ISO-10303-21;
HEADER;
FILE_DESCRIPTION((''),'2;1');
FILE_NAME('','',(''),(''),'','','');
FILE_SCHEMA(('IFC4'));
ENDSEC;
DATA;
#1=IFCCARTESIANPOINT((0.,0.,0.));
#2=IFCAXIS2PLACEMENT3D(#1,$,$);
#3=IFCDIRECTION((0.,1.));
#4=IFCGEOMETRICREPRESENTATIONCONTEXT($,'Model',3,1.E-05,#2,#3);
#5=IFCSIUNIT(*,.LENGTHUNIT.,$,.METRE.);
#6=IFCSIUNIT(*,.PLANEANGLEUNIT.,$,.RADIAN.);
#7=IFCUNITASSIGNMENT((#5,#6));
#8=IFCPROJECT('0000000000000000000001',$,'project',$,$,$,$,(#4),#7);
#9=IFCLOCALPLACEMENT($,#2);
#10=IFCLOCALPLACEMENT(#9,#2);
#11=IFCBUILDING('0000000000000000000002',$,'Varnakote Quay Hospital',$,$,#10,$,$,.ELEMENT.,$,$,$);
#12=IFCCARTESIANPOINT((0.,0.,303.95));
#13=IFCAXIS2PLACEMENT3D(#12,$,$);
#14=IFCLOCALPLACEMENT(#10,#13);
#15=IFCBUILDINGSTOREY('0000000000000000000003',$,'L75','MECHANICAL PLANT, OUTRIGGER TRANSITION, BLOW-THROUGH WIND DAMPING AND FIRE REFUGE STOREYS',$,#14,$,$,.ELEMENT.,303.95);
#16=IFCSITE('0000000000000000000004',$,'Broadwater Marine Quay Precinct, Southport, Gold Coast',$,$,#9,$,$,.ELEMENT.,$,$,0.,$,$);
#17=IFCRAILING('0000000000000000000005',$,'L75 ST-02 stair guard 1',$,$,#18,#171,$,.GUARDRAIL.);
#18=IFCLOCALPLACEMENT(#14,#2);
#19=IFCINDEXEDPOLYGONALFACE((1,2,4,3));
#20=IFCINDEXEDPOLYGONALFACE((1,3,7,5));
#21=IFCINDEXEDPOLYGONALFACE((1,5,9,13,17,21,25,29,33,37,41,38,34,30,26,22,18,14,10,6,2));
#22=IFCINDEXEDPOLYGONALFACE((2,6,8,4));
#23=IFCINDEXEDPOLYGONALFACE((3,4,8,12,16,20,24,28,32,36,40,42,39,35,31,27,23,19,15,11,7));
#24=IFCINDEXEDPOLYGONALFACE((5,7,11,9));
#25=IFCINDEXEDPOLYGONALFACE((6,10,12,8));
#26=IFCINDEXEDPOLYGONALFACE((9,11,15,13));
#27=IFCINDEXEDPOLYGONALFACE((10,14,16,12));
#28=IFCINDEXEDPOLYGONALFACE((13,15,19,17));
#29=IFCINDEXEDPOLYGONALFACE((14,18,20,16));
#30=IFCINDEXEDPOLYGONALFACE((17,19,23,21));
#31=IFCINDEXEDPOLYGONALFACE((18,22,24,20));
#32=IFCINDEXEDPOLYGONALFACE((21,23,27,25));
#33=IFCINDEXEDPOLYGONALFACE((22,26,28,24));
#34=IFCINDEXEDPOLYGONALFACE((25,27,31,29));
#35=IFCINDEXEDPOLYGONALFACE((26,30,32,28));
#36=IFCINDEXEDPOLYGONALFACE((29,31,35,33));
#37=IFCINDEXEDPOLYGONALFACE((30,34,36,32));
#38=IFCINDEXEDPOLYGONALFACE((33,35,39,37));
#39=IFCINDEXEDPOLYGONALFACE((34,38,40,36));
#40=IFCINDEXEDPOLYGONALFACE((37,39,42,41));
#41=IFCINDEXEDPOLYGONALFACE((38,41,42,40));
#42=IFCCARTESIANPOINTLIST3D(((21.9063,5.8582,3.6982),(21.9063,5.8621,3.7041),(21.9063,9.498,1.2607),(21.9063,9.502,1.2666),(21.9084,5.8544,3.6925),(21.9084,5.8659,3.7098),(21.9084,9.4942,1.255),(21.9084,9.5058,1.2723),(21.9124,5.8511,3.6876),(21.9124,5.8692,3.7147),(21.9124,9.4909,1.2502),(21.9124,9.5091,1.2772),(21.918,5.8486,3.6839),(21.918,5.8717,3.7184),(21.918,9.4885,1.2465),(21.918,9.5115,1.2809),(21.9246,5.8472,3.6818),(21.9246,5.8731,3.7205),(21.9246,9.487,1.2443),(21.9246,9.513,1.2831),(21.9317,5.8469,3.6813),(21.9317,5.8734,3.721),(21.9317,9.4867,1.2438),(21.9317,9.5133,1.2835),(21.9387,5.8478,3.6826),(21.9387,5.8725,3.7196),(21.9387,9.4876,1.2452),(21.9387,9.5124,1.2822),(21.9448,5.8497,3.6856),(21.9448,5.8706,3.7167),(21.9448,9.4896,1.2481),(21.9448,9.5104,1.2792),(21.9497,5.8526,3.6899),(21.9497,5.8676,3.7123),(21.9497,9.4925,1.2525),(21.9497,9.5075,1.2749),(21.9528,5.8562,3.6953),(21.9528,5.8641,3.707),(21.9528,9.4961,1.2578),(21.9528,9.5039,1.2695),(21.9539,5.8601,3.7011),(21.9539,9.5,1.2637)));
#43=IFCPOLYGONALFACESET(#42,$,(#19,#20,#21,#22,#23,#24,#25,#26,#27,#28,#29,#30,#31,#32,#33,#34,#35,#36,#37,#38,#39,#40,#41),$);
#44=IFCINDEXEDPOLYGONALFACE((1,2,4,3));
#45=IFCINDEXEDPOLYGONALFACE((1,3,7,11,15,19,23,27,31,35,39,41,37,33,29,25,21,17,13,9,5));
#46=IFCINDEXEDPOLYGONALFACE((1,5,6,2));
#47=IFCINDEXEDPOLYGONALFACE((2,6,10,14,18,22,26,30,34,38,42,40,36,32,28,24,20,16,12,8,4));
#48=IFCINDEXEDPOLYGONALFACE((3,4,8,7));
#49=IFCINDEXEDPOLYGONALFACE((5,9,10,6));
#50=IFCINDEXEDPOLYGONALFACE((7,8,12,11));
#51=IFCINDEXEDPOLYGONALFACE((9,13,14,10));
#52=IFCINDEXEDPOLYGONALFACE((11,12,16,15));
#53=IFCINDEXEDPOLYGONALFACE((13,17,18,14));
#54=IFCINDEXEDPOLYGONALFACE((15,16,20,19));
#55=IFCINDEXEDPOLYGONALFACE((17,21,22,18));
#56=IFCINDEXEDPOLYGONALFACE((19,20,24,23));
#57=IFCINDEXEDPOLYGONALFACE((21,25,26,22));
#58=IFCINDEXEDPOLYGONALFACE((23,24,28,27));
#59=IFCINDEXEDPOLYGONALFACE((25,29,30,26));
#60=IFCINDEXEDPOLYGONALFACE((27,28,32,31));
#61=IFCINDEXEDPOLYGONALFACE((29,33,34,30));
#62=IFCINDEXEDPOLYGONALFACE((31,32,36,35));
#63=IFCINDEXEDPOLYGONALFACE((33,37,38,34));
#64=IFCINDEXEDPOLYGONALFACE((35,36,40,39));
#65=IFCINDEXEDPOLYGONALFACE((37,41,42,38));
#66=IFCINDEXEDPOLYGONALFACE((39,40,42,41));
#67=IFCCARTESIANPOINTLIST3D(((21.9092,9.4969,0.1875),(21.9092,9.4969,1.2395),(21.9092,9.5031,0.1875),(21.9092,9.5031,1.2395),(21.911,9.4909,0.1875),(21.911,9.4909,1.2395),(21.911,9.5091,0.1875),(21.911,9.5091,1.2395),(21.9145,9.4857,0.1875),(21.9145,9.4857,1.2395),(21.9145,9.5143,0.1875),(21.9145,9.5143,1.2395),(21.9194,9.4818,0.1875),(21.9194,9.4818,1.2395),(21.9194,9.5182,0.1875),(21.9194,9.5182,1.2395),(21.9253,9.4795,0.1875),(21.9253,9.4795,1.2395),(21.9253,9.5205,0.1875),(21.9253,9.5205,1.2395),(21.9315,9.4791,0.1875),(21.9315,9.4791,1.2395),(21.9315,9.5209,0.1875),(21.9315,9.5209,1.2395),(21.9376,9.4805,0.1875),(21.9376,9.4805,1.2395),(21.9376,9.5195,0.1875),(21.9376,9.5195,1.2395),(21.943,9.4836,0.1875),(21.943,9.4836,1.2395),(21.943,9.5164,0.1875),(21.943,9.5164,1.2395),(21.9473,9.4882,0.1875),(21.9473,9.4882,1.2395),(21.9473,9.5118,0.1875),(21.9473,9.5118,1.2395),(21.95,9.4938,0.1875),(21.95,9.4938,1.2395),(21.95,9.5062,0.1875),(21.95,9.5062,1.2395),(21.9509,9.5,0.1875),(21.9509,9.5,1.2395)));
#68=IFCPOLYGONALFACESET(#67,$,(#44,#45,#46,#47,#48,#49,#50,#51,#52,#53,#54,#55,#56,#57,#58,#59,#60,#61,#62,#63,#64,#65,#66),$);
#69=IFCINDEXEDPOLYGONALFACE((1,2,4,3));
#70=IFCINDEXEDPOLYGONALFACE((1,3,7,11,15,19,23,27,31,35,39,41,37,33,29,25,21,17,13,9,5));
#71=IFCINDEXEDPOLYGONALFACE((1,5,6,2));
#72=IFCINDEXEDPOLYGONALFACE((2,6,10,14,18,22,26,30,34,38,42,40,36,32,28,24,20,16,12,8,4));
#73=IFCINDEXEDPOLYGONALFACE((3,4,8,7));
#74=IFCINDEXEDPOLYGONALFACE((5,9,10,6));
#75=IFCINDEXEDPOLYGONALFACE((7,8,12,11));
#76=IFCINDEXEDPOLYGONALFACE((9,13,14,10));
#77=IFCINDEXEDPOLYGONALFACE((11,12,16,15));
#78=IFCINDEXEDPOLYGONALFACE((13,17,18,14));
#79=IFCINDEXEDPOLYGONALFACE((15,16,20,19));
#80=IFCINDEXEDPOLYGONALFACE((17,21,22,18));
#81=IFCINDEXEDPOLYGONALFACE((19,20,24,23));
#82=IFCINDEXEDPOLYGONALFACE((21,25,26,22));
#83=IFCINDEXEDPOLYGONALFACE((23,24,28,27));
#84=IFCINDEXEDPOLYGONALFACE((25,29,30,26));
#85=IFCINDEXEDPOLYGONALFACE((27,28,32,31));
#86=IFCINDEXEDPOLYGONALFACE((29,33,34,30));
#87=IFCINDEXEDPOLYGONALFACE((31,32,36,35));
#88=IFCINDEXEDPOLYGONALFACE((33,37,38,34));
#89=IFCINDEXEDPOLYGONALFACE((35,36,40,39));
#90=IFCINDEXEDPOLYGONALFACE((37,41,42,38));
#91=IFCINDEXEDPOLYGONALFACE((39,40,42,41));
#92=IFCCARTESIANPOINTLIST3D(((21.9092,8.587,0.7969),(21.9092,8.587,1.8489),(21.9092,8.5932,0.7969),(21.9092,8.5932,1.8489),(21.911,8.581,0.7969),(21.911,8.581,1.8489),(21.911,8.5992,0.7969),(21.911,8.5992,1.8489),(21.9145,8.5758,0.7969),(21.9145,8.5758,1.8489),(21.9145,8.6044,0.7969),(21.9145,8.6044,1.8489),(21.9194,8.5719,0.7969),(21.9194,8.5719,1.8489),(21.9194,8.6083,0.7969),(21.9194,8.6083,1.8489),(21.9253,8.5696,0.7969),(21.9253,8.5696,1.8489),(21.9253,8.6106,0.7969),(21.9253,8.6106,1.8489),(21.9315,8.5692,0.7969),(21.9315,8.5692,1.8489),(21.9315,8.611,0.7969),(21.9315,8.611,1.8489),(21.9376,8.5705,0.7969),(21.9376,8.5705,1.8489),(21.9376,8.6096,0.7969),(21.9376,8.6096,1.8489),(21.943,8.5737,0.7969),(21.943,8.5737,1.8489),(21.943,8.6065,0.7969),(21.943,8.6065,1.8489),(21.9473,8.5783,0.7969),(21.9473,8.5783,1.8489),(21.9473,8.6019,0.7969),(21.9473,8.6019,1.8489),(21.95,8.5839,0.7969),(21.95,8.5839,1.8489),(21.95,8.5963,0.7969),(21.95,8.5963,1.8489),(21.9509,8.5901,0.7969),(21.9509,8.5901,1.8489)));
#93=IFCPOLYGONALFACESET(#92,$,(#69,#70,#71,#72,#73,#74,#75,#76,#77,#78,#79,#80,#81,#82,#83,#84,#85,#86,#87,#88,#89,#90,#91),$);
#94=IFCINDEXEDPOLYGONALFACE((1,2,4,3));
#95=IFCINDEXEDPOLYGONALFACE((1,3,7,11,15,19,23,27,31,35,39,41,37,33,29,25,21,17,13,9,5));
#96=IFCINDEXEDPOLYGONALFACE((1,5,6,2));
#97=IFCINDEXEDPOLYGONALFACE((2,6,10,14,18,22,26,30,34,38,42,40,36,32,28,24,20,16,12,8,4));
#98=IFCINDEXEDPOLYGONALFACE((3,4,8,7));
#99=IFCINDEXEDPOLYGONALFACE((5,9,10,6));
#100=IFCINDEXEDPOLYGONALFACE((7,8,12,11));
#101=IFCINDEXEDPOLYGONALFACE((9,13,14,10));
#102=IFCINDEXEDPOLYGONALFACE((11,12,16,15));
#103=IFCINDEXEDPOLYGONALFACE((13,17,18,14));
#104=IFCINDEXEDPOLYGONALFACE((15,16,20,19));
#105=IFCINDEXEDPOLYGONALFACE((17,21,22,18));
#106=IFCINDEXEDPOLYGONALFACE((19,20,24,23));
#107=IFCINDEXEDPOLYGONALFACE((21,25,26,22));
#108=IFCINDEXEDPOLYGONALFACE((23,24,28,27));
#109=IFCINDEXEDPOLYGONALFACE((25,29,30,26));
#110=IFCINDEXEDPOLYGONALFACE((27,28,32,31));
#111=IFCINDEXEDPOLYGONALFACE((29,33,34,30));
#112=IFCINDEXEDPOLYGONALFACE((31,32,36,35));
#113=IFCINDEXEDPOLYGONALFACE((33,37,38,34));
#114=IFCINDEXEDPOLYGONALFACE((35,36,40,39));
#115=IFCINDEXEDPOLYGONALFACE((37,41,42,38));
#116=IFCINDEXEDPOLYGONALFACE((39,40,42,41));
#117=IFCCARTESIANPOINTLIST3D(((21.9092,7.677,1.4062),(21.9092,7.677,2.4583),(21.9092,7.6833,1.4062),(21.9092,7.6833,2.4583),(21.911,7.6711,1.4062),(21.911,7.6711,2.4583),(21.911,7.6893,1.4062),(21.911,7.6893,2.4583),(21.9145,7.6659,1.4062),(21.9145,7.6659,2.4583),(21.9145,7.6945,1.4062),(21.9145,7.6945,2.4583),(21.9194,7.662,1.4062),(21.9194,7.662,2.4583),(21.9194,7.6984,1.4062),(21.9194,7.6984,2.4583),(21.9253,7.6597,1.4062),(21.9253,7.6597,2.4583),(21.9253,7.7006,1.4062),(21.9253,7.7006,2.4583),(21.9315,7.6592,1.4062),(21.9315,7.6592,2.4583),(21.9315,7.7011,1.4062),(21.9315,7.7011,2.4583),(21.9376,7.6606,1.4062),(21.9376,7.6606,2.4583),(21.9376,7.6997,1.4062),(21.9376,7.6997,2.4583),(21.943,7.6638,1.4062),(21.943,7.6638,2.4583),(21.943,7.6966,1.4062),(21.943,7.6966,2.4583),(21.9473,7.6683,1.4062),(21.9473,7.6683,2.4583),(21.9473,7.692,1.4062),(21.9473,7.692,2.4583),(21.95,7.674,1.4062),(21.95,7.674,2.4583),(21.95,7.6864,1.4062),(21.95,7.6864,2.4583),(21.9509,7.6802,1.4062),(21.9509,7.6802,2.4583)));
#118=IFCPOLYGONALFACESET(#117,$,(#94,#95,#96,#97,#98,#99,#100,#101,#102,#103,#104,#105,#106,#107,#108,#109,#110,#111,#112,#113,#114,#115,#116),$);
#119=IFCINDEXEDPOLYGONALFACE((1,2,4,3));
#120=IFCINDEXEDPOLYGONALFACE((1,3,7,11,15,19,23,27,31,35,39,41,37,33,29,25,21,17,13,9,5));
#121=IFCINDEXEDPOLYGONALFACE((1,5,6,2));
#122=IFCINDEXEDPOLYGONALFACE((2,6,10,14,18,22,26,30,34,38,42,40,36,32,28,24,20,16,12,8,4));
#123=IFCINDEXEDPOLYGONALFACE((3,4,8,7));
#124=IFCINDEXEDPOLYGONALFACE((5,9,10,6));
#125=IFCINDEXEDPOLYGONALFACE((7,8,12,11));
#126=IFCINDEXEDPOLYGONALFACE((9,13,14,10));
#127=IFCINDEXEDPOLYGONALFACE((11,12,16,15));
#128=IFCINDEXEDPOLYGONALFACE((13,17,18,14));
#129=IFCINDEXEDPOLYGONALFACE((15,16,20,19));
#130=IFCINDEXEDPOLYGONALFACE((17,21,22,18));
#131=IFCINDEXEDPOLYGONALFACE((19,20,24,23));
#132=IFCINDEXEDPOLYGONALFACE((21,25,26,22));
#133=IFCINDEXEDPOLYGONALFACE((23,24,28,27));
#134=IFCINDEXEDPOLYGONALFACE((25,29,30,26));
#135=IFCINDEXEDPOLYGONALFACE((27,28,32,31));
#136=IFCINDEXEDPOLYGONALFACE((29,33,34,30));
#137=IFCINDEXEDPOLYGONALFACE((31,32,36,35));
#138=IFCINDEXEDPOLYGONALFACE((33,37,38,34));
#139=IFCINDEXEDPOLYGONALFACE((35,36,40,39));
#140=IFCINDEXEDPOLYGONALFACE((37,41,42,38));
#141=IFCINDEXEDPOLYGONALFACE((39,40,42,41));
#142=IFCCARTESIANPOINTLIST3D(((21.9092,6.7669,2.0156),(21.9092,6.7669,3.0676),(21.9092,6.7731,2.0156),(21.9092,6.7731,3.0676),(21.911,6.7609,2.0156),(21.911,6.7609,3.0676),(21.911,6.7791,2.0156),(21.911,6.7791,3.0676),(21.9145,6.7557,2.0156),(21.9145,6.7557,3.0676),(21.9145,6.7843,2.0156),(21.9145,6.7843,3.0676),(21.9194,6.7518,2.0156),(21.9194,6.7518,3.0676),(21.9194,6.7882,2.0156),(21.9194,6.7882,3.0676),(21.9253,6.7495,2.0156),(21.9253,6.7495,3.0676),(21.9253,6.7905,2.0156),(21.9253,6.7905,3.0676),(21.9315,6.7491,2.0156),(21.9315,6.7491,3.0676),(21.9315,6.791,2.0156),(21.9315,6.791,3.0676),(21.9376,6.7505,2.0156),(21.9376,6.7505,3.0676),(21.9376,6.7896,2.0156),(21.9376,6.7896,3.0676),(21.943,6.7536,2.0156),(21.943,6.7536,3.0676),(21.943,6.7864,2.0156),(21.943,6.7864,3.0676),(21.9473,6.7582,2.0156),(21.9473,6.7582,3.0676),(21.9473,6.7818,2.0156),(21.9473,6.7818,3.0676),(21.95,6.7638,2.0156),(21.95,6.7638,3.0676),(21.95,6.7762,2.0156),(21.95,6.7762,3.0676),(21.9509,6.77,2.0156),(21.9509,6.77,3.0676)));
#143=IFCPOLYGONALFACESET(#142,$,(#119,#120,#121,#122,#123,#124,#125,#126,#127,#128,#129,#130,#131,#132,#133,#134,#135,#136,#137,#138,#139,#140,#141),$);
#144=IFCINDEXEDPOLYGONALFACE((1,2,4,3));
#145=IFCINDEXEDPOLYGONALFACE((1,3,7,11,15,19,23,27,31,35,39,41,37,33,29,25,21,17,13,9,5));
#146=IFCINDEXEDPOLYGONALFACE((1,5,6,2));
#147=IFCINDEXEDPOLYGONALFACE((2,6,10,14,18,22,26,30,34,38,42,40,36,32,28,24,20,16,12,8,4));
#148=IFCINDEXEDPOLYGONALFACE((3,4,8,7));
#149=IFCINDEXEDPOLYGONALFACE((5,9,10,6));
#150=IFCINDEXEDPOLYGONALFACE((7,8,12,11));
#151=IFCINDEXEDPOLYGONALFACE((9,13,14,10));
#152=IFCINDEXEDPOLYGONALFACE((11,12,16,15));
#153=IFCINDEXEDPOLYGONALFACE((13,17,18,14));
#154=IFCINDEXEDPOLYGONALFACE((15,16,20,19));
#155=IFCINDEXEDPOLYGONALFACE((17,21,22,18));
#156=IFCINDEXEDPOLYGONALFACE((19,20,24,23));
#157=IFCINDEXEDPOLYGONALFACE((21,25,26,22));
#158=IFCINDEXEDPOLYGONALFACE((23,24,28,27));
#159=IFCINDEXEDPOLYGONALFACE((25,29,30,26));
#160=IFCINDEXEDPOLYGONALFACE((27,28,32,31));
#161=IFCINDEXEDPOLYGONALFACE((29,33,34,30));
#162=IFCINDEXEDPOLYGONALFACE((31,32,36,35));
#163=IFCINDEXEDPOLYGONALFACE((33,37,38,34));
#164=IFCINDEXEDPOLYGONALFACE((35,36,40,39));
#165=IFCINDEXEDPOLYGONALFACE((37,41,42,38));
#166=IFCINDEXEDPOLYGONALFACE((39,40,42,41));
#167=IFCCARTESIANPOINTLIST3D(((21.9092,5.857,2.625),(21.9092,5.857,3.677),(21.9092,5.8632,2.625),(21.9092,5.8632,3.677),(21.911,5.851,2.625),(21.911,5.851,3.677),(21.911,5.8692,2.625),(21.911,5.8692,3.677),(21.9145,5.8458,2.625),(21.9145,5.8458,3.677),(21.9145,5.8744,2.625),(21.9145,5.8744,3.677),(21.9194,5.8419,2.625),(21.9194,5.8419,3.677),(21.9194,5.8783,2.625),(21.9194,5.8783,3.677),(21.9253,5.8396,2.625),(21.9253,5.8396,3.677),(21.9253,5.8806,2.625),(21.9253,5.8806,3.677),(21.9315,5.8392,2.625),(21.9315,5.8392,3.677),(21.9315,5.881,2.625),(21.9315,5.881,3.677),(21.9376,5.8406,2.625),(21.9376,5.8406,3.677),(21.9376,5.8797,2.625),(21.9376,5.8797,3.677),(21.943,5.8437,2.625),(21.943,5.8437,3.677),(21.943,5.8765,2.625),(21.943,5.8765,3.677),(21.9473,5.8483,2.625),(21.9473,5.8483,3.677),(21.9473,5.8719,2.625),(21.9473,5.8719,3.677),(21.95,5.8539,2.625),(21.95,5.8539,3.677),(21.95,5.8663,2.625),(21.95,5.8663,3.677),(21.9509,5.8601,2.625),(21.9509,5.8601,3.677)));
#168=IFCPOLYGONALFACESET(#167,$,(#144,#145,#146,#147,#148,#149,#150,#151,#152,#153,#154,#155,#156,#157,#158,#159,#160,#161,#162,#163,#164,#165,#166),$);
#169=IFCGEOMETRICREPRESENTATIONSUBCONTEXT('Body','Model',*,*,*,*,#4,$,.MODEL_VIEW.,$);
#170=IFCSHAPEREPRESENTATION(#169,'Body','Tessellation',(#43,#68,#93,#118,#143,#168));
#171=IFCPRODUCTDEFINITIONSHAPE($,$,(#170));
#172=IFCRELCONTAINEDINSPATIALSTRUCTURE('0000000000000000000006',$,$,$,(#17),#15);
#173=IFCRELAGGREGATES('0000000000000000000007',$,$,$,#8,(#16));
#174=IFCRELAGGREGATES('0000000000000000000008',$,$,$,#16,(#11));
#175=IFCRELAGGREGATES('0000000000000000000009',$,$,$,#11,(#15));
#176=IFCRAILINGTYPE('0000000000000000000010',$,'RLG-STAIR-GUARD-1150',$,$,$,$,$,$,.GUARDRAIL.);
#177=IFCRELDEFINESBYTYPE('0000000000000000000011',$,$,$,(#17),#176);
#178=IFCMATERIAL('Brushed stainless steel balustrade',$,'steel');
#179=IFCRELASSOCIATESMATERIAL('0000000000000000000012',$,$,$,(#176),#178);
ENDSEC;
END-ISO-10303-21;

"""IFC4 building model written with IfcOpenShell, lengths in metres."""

from ifc_helpers import new_model, si_unit, direction, frame, origin, origin_2d, place, context, subcontext, project, spatial, circle, extrude, material, type_object, element, save


model = new_model("IFC4")

# Units and contexts
model_context = context("Model", 3, precision=1e-05, world=origin(), true_north=direction((0.0, 1.0)))
body_context = subcontext(model_context, "Body", "Model", "MODEL_VIEW")
ifc_project = project(units=[si_unit("LENGTHUNIT", "METRE"), si_unit("PLANEANGLEUNIT", "RADIAN")], contexts=[model_context])

# Site, building, storey
site_placement = place(None, origin())
site = spatial("IfcSite", under=ifc_project, at=site_placement, Name="Broadwater Marine Quay Precinct, Southport, Gold Coast", CompositionType="ELEMENT", RefElevation=0.0)
building_placement = place(site_placement, origin())
building = spatial("IfcBuilding", under=site, at=building_placement, Name="Varnakote Quay Hospital", CompositionType="ELEMENT")
storey_placement = place(building_placement, frame((0.0, 0.0, 303.95)))
storey = spatial("IfcBuildingStorey", under=building, at=storey_placement, Name="L75", Description="MECHANICAL PLANT, OUTRIGGER TRANSITION, BLOW-THROUGH WIND DAMPING AND FIRE REFUGE STOREYS", CompositionType="ELEMENT", Elevation=303.95)

# Railing
ifc_material_1 = material(Name="Brushed stainless steel balustrade", Category="steel")
railing_type_1 = type_object("IfcRailingType", Name="RLG-STAIR-GUARD-1150", PredefinedType="GUARDRAIL", material=ifc_material_1)
railing_1_placement = place(storey_placement, frame((21.9299, 9.5, 0.1875)))
element("IfcRailing", 1, at=railing_1_placement, inside=storey, type_object=railing_type_1, Name="L75 ST-02 stair guard 1", PredefinedType="GUARDRAIL", context=body_context, shape_type="SweptSolid", body=[
    extrude(circle(Radius=0.0239, at=origin_2d()), frame((0.0, 0.0, 1.0762), z_axis=(0.0, -0.8309, 0.556422), x_axis=(1.0, 0.0, 0.0)), (0.0, 0.0, 1.0), 4.3806),
    extrude(circle(Radius=0.021, at=origin_2d()), origin(), (0.0, 0.0, 1.0), 1.052),
    extrude(circle(Radius=0.021, at=origin_2d()), frame((0.0, -0.9099, 0.6094)), (0.0, 0.0, 1.0), 1.052),
    extrude(circle(Radius=0.021, at=origin_2d()), frame((0.0, -1.8198, 1.2188)), (0.0, 0.0, 1.0), 1.052),
    extrude(circle(Radius=0.021, at=origin_2d()), frame((0.0, -2.73, 1.8281)), (0.0, 0.0, 1.0), 1.052),
    extrude(circle(Radius=0.021, at=origin_2d()), frame((0.0, -3.6399, 2.4375)), (0.0, 0.0, 1.0), 1.052),
])

save(model, "model.ifc")
